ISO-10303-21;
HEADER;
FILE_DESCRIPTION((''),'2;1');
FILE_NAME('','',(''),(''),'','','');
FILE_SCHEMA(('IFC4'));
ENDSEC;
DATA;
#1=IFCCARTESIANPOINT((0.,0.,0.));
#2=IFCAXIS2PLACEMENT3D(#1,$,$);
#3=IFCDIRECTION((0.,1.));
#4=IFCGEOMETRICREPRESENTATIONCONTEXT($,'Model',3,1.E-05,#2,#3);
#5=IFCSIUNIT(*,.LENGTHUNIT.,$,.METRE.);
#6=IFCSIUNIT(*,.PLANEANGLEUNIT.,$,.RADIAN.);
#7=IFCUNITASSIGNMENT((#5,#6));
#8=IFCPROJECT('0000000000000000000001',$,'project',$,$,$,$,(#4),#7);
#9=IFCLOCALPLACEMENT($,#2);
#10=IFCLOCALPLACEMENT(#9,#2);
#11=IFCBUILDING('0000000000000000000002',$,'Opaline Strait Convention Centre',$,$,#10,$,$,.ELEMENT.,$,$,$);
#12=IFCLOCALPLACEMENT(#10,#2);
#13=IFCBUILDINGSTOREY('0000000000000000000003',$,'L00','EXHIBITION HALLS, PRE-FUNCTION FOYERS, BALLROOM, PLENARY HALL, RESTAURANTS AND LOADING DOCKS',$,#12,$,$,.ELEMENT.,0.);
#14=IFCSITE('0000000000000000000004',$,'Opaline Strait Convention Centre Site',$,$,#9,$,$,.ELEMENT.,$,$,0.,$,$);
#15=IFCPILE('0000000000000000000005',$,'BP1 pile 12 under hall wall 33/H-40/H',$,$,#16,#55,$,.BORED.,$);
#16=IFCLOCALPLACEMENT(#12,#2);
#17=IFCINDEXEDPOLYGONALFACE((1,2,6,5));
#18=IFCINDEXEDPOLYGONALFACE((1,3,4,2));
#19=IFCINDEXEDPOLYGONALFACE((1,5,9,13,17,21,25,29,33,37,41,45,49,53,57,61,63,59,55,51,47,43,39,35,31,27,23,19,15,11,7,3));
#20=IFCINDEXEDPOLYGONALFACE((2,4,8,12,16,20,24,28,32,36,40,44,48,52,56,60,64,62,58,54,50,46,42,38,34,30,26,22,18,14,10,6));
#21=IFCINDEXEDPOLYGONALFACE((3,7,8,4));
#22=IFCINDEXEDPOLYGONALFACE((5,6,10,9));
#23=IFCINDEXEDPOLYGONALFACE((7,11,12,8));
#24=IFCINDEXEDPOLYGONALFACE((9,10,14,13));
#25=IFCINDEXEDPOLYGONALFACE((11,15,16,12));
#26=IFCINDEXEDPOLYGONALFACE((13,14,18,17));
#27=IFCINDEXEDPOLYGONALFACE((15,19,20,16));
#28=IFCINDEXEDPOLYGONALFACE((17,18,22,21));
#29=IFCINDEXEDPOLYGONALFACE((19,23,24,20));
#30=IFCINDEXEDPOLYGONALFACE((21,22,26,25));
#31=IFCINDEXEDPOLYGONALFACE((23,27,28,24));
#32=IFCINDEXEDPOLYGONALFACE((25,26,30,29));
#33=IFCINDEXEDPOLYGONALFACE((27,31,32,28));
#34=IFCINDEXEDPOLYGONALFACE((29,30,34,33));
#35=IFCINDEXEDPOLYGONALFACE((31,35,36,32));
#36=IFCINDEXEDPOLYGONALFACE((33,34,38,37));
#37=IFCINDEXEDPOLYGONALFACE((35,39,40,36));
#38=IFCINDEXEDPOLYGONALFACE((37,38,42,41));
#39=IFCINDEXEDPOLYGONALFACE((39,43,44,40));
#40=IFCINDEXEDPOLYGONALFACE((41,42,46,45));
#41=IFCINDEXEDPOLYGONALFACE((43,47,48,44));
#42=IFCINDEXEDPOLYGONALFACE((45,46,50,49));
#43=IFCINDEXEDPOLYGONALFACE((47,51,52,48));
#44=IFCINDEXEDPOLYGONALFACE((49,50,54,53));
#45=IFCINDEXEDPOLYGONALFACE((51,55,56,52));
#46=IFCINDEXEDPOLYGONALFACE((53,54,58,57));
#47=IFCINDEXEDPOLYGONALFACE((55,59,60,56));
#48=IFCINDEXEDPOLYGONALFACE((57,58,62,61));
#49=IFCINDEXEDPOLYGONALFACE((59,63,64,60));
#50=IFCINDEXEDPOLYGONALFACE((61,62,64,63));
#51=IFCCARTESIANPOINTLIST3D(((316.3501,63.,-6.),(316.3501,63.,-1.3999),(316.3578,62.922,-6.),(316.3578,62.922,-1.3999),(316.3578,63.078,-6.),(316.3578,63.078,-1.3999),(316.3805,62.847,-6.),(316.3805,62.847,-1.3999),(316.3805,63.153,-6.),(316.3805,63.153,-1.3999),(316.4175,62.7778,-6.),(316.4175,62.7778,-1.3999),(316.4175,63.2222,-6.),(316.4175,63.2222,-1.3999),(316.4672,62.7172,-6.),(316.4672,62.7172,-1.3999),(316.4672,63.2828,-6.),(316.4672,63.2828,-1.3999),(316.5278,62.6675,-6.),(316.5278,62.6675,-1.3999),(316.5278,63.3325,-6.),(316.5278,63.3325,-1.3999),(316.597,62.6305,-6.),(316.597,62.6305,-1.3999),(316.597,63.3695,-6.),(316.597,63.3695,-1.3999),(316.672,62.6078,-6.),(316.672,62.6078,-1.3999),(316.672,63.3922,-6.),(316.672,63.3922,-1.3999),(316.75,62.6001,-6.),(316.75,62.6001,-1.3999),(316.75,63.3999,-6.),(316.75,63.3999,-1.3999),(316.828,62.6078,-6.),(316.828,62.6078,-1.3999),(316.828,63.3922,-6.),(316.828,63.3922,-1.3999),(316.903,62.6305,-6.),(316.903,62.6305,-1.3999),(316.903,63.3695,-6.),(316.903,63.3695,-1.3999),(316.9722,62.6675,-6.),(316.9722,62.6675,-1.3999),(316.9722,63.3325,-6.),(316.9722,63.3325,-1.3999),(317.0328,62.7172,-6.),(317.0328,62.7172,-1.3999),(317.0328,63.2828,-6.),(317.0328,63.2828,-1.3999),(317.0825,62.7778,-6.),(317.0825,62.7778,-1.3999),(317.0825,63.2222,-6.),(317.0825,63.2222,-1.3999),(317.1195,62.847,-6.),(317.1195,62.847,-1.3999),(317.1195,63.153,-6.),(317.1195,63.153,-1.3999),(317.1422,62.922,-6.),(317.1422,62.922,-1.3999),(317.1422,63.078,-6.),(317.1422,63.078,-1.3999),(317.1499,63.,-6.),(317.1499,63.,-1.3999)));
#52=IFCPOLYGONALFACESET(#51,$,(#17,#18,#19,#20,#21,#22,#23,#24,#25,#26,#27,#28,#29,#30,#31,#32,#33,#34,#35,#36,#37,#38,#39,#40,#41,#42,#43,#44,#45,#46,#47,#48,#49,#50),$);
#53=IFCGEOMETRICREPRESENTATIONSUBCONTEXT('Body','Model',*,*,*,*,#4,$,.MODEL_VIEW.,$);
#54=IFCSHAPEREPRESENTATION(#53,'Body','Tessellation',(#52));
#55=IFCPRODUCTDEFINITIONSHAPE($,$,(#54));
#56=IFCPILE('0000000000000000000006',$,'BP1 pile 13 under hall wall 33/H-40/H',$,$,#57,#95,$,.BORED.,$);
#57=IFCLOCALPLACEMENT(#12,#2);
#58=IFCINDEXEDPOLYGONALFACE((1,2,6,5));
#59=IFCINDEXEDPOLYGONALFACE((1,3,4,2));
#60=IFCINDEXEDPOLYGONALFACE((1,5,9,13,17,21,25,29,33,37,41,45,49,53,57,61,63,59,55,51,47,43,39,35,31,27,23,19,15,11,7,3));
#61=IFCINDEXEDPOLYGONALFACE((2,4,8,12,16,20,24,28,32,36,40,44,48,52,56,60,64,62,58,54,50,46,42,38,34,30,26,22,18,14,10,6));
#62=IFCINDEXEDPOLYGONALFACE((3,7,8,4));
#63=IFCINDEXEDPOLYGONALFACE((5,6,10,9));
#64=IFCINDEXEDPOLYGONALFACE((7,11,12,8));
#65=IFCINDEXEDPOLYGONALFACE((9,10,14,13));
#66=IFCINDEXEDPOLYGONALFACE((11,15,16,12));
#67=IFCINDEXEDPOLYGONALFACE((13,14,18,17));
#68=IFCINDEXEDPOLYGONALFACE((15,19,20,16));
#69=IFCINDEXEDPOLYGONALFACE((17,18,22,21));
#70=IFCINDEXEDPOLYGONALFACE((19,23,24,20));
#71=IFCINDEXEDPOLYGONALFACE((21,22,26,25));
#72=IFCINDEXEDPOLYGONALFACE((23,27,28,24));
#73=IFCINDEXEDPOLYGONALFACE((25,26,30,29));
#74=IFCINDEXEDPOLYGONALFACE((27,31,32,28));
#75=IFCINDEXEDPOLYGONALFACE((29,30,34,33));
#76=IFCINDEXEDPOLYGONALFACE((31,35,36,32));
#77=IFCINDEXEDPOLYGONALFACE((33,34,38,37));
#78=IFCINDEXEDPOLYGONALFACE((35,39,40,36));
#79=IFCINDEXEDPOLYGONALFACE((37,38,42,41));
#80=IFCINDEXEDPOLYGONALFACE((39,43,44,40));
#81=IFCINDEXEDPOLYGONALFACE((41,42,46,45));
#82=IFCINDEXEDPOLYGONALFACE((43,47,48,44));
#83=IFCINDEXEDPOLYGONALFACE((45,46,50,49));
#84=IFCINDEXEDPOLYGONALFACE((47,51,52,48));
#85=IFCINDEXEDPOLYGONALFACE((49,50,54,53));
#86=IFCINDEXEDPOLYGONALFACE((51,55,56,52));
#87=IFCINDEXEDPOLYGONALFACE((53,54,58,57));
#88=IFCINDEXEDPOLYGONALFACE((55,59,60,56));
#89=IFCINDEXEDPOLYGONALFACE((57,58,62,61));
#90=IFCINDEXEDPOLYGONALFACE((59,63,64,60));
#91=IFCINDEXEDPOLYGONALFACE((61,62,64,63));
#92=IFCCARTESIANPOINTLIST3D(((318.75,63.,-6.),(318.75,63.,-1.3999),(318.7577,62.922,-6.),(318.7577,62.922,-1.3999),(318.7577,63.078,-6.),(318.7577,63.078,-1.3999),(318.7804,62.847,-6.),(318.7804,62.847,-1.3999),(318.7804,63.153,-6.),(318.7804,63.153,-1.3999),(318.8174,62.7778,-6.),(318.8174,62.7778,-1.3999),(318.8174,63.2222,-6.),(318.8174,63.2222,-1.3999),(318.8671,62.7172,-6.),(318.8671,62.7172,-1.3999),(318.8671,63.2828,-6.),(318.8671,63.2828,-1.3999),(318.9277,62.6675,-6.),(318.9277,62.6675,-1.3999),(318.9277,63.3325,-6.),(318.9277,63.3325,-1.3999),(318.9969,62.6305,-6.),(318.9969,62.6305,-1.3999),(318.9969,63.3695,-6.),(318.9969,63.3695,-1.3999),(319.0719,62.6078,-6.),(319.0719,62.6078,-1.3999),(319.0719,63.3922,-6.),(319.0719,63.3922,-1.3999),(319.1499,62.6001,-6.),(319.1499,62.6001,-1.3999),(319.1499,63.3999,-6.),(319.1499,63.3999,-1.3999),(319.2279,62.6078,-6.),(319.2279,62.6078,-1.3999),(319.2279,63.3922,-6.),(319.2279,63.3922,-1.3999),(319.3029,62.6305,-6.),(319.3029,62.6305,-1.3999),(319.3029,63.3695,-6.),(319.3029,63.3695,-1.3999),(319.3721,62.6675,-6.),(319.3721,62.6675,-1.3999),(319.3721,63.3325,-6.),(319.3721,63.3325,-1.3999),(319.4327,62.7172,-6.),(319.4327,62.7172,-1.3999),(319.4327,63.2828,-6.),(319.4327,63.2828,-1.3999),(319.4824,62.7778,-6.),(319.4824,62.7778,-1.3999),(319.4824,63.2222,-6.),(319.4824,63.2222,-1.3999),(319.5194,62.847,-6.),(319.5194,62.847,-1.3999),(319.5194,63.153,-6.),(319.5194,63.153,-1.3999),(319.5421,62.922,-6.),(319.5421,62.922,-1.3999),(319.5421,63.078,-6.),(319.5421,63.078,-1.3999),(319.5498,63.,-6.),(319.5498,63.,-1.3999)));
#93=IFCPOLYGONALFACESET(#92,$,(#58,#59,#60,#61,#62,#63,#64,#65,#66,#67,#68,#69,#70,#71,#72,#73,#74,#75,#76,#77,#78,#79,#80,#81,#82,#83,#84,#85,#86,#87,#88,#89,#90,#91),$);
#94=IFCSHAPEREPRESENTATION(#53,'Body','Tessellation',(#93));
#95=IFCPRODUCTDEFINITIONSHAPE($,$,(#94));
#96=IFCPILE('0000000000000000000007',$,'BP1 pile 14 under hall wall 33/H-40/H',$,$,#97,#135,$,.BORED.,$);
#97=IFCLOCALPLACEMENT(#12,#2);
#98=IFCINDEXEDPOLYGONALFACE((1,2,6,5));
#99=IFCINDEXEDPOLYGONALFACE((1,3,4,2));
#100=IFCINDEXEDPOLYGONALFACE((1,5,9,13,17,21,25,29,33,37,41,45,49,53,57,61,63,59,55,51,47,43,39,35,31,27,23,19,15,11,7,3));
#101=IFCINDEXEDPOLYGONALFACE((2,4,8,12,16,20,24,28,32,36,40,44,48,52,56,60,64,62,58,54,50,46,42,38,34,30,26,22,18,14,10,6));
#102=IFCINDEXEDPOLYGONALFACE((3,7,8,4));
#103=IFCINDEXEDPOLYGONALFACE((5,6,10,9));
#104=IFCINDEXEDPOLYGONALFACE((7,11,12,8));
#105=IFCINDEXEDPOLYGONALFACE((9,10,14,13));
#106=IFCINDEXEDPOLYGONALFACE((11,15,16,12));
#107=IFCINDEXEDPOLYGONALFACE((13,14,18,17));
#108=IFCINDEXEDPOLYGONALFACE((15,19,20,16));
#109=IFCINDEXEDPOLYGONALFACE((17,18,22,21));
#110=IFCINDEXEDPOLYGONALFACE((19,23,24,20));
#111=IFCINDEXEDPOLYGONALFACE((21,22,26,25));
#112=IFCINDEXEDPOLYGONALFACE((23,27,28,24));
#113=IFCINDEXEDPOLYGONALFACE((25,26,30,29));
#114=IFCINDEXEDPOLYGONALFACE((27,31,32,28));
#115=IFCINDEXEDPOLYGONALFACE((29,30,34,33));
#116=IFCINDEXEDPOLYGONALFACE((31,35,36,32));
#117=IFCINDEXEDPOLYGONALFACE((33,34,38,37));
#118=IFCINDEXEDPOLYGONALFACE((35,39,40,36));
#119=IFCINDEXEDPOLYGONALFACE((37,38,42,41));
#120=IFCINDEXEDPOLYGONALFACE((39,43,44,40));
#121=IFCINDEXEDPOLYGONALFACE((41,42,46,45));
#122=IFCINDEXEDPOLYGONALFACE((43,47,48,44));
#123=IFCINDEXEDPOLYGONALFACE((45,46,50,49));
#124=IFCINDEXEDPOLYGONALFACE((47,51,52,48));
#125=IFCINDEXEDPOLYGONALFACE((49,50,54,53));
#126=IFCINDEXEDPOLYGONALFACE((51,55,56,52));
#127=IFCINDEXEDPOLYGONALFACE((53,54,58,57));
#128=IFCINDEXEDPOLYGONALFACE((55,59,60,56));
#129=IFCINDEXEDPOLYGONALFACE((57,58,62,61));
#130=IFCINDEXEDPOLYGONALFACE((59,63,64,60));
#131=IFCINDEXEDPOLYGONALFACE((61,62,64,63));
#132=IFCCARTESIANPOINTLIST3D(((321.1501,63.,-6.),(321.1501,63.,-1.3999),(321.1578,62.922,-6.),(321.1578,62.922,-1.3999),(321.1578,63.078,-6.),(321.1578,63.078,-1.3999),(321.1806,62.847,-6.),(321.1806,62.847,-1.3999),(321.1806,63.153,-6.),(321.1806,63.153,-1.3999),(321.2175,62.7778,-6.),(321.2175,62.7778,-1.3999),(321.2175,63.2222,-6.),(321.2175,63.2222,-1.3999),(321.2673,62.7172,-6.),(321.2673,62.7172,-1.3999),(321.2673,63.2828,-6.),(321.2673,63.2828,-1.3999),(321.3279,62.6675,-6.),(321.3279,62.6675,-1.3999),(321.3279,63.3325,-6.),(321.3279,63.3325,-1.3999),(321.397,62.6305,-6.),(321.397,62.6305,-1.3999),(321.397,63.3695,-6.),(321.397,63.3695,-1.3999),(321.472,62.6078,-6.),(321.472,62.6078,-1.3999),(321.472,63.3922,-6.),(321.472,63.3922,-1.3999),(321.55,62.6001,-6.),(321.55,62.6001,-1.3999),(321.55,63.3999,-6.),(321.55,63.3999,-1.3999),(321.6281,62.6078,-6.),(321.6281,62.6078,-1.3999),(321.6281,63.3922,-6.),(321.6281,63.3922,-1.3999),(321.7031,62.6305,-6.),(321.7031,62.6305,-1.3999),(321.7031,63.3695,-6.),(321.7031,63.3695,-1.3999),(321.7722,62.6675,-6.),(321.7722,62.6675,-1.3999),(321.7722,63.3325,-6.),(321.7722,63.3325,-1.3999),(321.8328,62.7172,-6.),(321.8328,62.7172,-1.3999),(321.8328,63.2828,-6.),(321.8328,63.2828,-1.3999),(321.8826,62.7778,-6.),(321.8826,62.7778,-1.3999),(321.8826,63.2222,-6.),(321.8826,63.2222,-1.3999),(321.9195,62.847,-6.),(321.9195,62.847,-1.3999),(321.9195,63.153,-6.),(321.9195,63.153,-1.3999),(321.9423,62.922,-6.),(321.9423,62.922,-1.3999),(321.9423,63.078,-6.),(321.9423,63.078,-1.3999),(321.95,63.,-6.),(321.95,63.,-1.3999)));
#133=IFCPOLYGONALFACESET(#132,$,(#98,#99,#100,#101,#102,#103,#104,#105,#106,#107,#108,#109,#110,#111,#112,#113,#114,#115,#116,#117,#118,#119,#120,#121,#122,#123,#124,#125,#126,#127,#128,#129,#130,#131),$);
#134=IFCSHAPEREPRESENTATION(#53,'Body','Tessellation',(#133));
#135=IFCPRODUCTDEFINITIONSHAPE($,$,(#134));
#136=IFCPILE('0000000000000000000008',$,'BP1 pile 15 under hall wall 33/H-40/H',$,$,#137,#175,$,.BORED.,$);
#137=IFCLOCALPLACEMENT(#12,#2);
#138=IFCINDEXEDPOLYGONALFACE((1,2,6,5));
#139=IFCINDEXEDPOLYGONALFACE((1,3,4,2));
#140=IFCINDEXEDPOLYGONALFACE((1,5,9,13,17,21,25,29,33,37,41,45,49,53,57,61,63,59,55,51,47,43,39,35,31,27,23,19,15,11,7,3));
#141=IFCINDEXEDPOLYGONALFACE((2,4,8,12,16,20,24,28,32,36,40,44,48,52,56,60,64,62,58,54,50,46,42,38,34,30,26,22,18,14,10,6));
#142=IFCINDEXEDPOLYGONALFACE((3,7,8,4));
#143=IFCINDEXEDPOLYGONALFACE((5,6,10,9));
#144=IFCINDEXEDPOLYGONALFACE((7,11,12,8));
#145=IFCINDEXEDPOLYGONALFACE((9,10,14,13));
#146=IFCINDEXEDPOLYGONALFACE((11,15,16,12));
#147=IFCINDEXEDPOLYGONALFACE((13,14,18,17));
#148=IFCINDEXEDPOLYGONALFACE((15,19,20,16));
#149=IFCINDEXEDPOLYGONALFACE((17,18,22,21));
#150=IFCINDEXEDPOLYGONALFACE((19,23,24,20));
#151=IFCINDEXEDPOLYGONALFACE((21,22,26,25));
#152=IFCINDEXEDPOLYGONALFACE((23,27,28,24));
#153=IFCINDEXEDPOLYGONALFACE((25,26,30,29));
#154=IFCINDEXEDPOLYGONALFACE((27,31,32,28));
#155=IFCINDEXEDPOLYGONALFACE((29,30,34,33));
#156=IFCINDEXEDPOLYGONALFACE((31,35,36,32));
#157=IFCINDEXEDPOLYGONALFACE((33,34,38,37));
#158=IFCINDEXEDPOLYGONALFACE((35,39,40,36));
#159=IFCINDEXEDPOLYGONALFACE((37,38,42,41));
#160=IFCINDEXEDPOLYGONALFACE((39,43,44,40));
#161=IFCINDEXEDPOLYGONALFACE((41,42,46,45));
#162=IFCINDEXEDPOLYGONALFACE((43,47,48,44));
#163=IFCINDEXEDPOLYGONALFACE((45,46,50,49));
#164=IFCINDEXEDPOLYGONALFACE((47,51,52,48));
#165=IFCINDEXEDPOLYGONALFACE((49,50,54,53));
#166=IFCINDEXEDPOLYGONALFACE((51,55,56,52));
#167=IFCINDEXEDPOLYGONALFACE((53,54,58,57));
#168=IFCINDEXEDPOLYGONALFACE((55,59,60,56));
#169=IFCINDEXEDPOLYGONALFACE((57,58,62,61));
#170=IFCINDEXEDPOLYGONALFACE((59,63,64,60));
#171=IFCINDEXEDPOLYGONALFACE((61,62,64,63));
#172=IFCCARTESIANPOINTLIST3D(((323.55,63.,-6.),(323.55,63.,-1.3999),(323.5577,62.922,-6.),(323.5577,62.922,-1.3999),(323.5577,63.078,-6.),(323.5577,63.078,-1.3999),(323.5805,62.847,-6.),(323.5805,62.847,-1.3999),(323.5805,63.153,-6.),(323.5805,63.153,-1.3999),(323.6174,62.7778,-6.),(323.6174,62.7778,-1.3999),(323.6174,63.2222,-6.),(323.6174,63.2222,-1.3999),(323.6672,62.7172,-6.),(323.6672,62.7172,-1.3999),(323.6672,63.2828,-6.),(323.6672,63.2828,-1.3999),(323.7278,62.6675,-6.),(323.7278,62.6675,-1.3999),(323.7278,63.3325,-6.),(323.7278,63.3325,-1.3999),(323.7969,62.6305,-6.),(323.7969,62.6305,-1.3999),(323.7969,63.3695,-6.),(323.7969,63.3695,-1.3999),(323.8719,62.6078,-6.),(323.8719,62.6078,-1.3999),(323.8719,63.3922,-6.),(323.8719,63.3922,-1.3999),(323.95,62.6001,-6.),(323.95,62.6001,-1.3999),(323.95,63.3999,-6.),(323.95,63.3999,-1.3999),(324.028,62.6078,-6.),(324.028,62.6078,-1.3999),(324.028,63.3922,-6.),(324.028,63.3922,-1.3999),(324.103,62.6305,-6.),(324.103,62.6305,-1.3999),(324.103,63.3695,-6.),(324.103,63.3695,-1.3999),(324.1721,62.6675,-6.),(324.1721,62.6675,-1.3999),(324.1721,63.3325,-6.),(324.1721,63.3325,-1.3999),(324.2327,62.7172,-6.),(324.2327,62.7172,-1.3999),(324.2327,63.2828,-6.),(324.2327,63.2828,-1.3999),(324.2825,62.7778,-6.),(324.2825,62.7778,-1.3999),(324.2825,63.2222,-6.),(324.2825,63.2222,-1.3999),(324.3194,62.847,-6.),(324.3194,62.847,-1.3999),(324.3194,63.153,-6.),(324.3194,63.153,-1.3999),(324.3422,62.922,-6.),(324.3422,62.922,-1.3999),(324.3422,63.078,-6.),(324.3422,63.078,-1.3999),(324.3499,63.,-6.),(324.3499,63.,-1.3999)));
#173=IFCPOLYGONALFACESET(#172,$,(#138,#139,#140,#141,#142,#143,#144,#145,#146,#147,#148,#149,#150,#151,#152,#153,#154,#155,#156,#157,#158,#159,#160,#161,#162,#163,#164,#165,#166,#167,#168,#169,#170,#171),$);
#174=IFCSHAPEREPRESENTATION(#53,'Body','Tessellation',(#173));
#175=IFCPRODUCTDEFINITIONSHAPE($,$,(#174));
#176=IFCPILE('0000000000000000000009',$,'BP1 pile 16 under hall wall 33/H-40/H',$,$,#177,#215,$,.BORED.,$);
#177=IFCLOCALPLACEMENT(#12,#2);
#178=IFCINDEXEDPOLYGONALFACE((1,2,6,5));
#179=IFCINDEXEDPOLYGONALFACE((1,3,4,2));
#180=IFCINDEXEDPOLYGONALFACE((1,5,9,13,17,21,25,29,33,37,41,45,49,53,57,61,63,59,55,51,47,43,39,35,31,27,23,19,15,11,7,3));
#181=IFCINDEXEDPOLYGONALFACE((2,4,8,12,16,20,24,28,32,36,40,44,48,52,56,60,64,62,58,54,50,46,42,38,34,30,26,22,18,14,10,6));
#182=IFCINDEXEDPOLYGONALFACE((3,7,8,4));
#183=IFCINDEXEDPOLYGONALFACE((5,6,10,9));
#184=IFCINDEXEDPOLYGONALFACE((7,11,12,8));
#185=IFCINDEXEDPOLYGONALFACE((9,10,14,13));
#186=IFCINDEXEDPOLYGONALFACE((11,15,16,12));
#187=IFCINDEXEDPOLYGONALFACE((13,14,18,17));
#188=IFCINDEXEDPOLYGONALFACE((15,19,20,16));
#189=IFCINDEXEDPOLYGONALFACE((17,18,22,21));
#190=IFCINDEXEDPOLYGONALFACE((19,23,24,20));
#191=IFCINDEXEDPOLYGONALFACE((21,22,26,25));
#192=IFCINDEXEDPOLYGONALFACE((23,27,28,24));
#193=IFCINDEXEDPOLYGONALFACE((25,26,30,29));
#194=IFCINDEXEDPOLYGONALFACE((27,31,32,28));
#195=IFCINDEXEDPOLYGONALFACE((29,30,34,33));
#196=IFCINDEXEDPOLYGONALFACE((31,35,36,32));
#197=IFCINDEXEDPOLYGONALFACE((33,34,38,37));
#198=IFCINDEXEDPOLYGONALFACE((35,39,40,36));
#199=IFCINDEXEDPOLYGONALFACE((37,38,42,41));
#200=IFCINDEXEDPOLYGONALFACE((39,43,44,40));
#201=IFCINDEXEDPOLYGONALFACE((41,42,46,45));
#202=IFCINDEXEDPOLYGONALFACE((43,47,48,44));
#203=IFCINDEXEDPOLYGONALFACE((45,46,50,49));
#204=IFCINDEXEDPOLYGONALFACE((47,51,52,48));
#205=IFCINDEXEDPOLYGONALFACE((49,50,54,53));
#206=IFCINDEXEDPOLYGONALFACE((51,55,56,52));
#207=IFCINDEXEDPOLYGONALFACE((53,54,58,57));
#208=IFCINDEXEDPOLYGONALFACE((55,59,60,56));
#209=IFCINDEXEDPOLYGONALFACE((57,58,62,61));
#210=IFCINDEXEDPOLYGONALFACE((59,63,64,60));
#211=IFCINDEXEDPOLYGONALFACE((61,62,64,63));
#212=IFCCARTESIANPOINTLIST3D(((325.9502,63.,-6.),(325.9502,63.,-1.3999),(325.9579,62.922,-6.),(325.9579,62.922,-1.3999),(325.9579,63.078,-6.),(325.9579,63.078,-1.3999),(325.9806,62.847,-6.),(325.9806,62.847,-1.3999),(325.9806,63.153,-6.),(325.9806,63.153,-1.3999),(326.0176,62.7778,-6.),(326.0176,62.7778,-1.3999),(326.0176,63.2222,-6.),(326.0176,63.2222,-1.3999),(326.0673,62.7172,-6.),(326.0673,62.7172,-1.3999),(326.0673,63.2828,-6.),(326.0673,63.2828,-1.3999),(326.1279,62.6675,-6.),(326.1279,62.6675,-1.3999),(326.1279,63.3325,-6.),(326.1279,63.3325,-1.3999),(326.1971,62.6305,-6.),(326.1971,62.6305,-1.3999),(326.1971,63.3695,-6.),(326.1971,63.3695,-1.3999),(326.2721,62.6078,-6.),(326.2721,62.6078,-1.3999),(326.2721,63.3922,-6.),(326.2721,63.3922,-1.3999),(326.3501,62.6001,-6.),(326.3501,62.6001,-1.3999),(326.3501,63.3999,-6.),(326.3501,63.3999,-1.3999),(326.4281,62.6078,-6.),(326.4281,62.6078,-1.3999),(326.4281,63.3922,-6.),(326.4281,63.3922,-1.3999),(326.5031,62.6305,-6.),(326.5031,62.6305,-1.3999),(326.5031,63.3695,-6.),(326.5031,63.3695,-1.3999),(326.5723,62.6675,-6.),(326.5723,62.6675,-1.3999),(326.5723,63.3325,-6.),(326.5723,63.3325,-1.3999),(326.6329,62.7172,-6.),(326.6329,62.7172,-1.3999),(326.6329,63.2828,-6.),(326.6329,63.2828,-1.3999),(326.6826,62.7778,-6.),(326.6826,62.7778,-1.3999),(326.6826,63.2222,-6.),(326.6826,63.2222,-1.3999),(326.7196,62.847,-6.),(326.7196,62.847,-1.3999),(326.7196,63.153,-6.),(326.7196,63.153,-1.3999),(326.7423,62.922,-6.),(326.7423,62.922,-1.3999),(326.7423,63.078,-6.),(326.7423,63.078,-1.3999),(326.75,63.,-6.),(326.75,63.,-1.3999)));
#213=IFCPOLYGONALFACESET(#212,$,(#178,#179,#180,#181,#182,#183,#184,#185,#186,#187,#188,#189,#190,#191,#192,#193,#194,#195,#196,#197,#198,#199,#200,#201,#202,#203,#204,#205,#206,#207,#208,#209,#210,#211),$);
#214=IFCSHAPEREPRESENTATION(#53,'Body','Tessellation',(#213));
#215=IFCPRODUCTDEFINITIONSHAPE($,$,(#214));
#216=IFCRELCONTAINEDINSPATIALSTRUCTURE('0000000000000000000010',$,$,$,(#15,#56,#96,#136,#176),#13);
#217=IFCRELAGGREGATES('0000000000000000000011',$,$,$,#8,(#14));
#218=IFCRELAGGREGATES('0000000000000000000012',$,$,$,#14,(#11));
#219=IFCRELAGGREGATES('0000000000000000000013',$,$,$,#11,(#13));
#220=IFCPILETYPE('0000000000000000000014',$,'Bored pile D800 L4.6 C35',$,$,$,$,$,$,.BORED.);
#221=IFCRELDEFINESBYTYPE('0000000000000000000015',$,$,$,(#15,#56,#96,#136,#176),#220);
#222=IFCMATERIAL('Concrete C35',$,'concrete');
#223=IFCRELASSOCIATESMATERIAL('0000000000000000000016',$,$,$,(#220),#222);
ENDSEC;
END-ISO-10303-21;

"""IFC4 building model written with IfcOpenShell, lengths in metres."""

from ifc_helpers import new_model, si_unit, direction, frame, origin, origin_2d, place, context, subcontext, project, spatial, circle, extrude, material, material_profile, profile_set, type_object, element, save


model = new_model("IFC4")

# Units and contexts
model_context = context("Model", 3, precision=1e-05, world=origin(), true_north=direction((0.0, 1.0)))
body_context = subcontext(model_context, "Body", "Model", "MODEL_VIEW")
ifc_project = project(units=[si_unit("LENGTHUNIT", "METRE"), si_unit("PLANEANGLEUNIT", "RADIAN")], contexts=[model_context])

# Site, building, storey
site_placement = place(None, origin())
site = spatial("IfcSite", under=ifc_project, at=site_placement, Name="Opaline Strait Convention Centre Site", CompositionType="ELEMENT", RefElevation=0.0)
building_placement = place(site_placement, origin())
building = spatial("IfcBuilding", under=site, at=building_placement, Name="Opaline Strait Convention Centre", CompositionType="ELEMENT")
storey_placement = place(building_placement, origin())
storey = spatial("IfcBuildingStorey", under=building, at=storey_placement, Name="L00", Description="EXHIBITION HALLS, PRE-FUNCTION FOYERS, BALLROOM, PLENARY HALL, RESTAURANTS AND LOADING DOCKS", CompositionType="ELEMENT", Elevation=0.0)

# Piles
ifc_material_1 = material(Name="Concrete C35", Category="concrete")
ifc_material_profile_1 = material_profile(ifc_material_1, circle(Radius=0.3999, at=origin_2d()), Name="D800")
ifc_profile_set_1 = profile_set([ifc_material_profile_1], Name="Concrete C35")
pile_type = type_object("IfcPileType", Name="Bored pile D800 L4.6 C35", PredefinedType="BORED", material=ifc_profile_set_1)
for number, where, z_axis, x_axis, name in (
    (1, (316.75, 63.0, -1.3999), (0.0, 0.0, -1.0), (1.0, 0.0, 0.0), "BP1 pile 12 under hall wall 33/H-40/H"),
    (2, (319.1499, 63.0, -1.3999), (0.0, 0.0, -1.0), (1.0, 0.0, 0.0), "BP1 pile 13 under hall wall 33/H-40/H"),
    (3, (321.55, 63.0, -1.3999), (0.0, 0.0, -1.0), (1.0, 0.0, 0.0), "BP1 pile 14 under hall wall 33/H-40/H"),
    (4, (323.95, 63.0, -1.3999), (0.0, 0.0, -1.0), (1.0, 0.0, 0.0), "BP1 pile 15 under hall wall 33/H-40/H"),
    (5, (326.3501, 63.0, -1.3999), (0.0, 0.0, -1.0), (1.0, 0.0, 0.0), "BP1 pile 16 under hall wall 33/H-40/H"),
):
    element("IfcPile", number, at=place(storey_placement, frame(where, z_axis=z_axis, x_axis=x_axis)), inside=storey, type_object=pile_type, Name=name, PredefinedType="BORED", context=body_context, shape_type="SweptSolid", body=[
        extrude(circle(Radius=0.3999, at=origin_2d()), origin(), (0.0, 0.0, 1.0), 4.6001),
    ])

save(model, "model.ifc")
